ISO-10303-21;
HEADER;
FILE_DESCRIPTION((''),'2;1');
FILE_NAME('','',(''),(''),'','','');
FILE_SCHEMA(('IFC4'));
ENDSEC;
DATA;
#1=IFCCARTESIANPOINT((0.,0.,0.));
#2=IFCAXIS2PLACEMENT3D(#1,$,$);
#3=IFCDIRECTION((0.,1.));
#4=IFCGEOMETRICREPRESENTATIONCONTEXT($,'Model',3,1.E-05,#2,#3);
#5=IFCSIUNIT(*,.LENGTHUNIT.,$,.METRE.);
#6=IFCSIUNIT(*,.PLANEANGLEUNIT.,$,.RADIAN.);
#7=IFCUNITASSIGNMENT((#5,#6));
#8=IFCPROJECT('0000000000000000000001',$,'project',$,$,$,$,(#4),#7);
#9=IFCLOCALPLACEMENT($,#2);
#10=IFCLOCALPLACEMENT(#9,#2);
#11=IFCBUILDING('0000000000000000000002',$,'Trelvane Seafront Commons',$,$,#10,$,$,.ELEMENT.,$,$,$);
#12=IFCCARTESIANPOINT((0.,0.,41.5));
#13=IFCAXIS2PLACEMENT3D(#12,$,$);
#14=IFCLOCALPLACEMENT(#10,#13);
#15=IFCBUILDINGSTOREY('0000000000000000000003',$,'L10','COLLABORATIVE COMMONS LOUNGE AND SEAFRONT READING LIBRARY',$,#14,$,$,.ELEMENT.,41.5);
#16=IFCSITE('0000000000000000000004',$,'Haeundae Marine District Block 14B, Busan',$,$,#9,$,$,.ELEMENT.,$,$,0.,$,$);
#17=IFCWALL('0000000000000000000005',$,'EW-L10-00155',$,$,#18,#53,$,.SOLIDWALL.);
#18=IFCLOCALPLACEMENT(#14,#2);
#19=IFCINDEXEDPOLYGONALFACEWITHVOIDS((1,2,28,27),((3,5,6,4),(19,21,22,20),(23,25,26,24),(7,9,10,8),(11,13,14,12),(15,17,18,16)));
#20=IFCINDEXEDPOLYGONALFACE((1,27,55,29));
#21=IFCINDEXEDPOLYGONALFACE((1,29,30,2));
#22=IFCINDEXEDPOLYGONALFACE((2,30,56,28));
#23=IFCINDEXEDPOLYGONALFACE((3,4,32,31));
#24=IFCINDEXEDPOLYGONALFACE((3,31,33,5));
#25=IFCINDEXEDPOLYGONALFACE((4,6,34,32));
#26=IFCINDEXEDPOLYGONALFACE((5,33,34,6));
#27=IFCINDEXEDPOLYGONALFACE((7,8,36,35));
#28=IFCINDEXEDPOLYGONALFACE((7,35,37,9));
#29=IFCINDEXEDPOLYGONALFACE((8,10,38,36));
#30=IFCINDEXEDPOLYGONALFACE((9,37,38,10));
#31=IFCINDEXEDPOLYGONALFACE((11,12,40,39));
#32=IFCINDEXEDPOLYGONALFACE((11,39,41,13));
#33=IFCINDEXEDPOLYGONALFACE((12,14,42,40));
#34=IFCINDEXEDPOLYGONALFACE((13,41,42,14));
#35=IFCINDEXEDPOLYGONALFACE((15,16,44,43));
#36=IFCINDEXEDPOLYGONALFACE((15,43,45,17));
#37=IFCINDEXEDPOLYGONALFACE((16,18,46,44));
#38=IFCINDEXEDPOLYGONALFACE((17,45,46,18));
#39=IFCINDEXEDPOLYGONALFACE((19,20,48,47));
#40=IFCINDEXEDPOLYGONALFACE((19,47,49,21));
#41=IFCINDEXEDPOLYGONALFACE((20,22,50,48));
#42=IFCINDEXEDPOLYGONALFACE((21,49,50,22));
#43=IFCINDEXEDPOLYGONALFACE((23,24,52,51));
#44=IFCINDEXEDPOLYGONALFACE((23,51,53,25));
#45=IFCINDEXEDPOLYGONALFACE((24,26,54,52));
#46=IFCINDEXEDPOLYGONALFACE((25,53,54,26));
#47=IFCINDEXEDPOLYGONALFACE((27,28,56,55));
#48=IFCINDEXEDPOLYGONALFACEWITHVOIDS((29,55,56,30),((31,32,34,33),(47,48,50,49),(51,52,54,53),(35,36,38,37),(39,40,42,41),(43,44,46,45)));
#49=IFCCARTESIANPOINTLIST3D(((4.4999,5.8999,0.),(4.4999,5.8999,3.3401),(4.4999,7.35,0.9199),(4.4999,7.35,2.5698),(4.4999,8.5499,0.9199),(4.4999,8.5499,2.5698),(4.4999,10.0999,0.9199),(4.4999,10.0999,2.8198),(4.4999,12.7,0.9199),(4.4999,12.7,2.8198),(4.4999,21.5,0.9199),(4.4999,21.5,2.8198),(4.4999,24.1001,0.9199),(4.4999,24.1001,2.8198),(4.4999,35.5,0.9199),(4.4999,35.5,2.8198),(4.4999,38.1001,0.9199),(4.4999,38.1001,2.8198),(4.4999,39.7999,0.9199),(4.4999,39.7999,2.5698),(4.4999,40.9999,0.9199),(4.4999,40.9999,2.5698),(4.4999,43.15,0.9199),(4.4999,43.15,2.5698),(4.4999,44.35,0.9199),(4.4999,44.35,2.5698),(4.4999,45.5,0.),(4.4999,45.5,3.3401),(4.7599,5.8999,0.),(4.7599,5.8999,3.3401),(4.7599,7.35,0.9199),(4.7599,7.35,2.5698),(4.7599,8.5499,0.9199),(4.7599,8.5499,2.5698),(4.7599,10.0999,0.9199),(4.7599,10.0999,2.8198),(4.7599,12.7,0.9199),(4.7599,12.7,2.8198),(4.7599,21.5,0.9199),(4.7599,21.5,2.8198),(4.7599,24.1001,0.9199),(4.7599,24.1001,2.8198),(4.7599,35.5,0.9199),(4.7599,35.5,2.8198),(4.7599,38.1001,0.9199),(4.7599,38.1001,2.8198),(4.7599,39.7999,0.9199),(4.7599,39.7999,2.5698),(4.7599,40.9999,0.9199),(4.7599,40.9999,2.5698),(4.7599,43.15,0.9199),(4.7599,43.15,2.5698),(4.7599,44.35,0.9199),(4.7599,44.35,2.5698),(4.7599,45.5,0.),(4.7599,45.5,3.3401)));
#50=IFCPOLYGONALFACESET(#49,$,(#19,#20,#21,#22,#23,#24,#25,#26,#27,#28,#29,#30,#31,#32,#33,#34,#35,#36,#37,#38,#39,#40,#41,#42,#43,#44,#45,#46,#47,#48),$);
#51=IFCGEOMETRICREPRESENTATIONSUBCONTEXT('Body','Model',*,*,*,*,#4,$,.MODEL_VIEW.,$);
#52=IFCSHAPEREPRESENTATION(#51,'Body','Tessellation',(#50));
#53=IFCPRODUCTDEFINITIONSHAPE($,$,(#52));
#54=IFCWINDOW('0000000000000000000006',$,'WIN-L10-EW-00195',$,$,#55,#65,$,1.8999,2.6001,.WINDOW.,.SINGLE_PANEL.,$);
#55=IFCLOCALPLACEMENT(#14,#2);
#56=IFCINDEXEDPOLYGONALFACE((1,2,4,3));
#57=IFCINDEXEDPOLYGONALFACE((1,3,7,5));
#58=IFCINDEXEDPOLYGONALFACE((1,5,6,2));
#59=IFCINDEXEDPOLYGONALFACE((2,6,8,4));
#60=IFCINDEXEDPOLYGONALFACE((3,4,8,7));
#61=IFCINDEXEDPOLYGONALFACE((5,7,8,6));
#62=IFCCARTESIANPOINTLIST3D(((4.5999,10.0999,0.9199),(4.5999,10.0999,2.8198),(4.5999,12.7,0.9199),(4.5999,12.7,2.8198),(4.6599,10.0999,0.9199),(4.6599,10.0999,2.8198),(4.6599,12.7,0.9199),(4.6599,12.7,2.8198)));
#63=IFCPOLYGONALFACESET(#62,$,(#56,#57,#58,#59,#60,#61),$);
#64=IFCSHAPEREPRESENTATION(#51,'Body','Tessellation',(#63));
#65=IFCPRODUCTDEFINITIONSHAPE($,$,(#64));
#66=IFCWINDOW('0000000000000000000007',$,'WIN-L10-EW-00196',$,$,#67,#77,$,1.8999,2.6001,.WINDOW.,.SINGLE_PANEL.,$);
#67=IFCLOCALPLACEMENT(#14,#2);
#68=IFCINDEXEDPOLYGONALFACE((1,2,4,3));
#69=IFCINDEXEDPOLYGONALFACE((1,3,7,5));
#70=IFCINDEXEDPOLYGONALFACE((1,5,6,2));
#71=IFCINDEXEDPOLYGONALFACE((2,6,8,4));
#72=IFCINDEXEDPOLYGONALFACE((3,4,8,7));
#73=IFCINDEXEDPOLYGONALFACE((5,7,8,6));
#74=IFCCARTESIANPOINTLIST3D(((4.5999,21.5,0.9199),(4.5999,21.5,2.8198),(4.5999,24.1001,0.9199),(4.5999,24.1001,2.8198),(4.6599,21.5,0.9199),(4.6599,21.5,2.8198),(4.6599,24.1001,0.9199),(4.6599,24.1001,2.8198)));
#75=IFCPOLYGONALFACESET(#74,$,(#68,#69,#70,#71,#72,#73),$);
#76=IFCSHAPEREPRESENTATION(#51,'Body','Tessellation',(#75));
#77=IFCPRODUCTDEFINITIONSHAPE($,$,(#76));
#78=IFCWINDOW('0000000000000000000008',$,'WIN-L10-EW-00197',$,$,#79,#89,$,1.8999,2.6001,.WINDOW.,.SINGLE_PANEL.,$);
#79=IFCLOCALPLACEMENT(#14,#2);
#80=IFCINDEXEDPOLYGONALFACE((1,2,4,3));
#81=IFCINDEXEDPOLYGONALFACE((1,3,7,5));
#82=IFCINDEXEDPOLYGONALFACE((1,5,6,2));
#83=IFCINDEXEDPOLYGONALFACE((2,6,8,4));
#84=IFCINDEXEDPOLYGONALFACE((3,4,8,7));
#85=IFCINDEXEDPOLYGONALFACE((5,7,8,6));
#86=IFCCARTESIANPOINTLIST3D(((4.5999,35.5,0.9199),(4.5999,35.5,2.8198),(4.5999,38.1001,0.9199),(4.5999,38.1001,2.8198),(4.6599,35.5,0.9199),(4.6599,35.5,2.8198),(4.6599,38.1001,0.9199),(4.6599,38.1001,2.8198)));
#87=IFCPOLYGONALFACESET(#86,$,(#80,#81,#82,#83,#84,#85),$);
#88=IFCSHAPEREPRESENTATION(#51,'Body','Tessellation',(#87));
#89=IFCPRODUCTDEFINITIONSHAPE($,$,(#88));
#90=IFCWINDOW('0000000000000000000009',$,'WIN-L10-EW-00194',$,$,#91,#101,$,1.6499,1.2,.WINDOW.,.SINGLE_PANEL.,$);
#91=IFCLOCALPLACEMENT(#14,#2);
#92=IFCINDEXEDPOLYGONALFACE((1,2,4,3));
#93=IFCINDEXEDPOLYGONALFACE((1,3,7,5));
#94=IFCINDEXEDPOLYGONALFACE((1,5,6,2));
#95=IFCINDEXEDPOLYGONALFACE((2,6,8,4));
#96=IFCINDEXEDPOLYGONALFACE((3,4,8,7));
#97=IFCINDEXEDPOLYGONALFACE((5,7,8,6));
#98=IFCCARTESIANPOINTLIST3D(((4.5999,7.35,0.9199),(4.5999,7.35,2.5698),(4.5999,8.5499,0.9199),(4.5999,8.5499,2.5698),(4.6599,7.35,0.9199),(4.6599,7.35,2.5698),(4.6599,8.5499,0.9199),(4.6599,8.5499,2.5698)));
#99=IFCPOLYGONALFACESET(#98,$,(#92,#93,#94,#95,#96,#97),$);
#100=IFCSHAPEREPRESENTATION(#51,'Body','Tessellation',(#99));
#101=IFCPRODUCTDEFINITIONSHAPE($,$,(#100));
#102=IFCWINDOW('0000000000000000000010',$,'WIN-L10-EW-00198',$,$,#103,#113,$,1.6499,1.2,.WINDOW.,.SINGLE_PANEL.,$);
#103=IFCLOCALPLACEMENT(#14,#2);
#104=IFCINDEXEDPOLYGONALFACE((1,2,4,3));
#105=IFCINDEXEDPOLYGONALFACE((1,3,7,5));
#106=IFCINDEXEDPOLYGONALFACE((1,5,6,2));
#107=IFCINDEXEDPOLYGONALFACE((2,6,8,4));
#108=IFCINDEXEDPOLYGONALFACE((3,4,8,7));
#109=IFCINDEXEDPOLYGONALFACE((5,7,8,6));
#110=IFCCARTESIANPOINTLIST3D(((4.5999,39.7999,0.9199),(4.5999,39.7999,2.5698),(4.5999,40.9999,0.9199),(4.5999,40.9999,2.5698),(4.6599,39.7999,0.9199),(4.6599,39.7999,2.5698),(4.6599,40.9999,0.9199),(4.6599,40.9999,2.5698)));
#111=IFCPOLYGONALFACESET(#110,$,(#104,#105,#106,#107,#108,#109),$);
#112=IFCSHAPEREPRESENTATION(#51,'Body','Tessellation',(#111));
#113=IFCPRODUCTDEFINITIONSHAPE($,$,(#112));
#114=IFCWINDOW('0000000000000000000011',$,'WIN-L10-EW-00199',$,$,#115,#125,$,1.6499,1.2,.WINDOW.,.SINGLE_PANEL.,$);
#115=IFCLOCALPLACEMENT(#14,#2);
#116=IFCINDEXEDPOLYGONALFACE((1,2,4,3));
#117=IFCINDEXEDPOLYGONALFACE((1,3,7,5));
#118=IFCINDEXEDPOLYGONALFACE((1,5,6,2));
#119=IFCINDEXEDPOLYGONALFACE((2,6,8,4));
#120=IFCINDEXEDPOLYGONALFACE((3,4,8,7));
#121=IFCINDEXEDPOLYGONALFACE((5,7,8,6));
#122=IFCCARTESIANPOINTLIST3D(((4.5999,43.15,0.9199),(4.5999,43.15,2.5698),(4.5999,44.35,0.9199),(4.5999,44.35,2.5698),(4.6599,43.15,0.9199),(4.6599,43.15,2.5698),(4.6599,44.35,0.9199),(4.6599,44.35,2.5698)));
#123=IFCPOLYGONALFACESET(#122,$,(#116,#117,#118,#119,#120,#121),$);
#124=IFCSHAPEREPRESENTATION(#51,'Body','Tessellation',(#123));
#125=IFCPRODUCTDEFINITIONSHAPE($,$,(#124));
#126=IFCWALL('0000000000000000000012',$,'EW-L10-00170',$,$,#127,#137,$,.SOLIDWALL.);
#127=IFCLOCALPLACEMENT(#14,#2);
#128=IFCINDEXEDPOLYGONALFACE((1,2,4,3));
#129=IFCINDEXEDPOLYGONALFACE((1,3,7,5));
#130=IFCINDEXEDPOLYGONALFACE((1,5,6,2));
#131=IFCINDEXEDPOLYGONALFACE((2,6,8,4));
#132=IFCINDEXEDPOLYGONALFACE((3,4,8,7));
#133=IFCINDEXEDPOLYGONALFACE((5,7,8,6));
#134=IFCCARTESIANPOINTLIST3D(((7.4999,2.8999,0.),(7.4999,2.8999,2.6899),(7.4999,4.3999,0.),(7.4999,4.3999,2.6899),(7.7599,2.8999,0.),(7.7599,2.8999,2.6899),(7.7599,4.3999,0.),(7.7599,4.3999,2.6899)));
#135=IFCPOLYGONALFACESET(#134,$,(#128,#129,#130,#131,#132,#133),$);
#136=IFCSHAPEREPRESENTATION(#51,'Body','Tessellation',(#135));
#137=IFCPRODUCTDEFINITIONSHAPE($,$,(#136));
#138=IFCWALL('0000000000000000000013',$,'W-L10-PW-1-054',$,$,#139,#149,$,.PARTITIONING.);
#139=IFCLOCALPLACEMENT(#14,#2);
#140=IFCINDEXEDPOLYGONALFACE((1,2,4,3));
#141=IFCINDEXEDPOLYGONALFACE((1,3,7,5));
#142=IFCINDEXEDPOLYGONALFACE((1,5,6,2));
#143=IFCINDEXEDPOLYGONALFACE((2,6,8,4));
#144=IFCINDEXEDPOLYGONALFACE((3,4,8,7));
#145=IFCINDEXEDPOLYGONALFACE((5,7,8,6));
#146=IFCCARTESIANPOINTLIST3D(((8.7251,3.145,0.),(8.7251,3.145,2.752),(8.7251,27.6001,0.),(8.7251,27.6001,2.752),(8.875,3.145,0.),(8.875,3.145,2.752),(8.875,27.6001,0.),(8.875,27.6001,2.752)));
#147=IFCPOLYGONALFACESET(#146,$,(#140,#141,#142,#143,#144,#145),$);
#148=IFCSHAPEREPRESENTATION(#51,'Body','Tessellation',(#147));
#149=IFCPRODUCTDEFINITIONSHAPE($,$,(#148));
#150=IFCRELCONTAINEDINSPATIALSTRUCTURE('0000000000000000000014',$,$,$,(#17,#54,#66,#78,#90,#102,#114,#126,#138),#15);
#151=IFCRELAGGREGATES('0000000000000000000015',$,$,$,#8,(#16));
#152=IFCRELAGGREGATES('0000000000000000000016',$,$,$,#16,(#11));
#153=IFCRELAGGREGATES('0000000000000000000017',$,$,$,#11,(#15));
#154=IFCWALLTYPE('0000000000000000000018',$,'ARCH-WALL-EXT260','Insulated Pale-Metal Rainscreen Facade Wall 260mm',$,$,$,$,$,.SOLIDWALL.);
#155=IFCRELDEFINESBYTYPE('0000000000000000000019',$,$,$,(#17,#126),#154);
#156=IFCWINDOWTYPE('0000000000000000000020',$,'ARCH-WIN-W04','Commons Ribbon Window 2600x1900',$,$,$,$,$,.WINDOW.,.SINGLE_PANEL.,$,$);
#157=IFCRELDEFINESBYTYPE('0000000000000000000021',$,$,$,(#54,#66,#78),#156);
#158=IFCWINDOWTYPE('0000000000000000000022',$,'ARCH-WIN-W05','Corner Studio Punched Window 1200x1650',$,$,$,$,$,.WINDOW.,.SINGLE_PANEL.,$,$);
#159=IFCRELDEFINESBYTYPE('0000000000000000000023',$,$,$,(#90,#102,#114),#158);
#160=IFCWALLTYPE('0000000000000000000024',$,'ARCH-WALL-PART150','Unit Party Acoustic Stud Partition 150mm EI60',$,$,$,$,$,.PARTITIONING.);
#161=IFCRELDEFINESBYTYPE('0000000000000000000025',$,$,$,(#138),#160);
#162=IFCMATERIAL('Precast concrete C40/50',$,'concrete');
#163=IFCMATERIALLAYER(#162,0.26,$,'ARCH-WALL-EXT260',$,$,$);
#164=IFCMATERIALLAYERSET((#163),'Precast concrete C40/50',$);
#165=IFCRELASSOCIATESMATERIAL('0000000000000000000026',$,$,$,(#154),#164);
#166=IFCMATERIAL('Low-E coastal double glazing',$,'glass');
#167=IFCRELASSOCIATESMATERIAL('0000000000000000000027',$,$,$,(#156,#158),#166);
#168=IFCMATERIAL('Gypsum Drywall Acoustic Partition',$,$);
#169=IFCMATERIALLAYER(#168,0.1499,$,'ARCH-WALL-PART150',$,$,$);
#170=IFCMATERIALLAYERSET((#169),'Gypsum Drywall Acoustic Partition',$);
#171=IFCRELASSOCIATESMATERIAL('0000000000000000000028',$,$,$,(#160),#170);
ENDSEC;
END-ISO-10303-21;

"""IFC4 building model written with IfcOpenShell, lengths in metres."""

from ifc_helpers import new_model, si_unit, direction, frame, frame_2d, origin, place, context, subcontext, project, spatial, rectangle, extrude, source, transform, mapped, material, layer, layer_set, type_object, element, fill, save


model = new_model("IFC4")

# Units and contexts
model_context = context("Model", 3, precision=1e-05, world=origin(), true_north=direction((0.0, 1.0)))
body_context = subcontext(model_context, "Body", "Model", "MODEL_VIEW")
ifc_project = project(units=[si_unit("LENGTHUNIT", "METRE"), si_unit("PLANEANGLEUNIT", "RADIAN")], contexts=[model_context])

# Site, building, storey
site_placement = place(None, origin())
site = spatial("IfcSite", under=ifc_project, at=site_placement, Name="Haeundae Marine District Block 14B, Busan", CompositionType="ELEMENT", RefElevation=0.0)
building_placement = place(site_placement, origin())
building = spatial("IfcBuilding", under=site, at=building_placement, Name="Trelvane Seafront Commons", CompositionType="ELEMENT")
storey_placement = place(building_placement, frame((0.0, 0.0, 41.5)))
storey = spatial("IfcBuildingStorey", under=building, at=storey_placement, Name="L10", Description="COLLABORATIVE COMMONS LOUNGE AND SEAFRONT READING LIBRARY", CompositionType="ELEMENT", Elevation=41.5)

# Shared definitions
ifc_material_1 = material(Name="Precast concrete C40/50", Category="concrete")
ifc_layer_1 = layer(ifc_material_1, 0.26, Name="ARCH-WALL-EXT260")
ifc_layer_set_1 = layer_set([ifc_layer_1], Name="Precast concrete C40/50")
wall_type_1 = type_object("IfcWallType", Name="ARCH-WALL-EXT260", Description="Insulated Pale-Metal Rainscreen Facade Wall 260mm", PredefinedType="SOLIDWALL", material=ifc_layer_set_1)

# Wall, openings, windows
wall_1_placement = place(storey_placement, frame((4.6299, 5.8999, 0.0), z_axis=(0.0, 0.0, 1.0), x_axis=(0.0, 1.0, 0.0)))
wall_1 = element("IfcWall", 1, at=wall_1_placement, inside=storey, type_object=wall_type_1, Name="EW-L10-00155", PredefinedType="SOLIDWALL", context=body_context, shape_type="SweptSolid", body=[
    extrude(rectangle(XDim=39.6001, YDim=0.26, at=frame_2d((19.8, 0.0))), origin(), (0.0, 0.0, 1.0), 3.3401),
])
opening_1_placement = place(wall_1_placement, frame((1.45, 0.0, 0.9199)))
opening_1 = element("IfcOpeningElement", 2, at=opening_1_placement, cuts=wall_1, PredefinedType="OPENING", context=body_context, shape_type="SweptSolid", body=[
    extrude(rectangle(XDim=1.2, YDim=1.6499, at=frame_2d((0.6001, 0.825))), frame((0.0, 0.1399, 0.0), z_axis=(0.0, -1.0, 0.0), x_axis=(1.0, 0.0, 0.0)), (0.0, 0.0, 1.0), 0.28),
])
opening_2_placement = place(wall_1_placement, frame((4.2, 0.0, 0.9199)))
opening_2 = element("IfcOpeningElement", 3, at=opening_2_placement, cuts=wall_1, PredefinedType="OPENING", context=body_context, shape_type="SweptSolid", body=[
    extrude(rectangle(XDim=2.6001, YDim=1.8999, at=frame_2d((1.3, 0.95))), frame((0.0, 0.1399, 0.0), z_axis=(0.0, -1.0, 0.0), x_axis=(1.0, 0.0, 0.0)), (0.0, 0.0, 1.0), 0.28),
])
opening_3_placement = place(wall_1_placement, frame((15.6001, 0.0, 0.9199)))
opening_3 = element("IfcOpeningElement", 4, at=opening_3_placement, cuts=wall_1, PredefinedType="OPENING", context=body_context, shape_type="SweptSolid", body=[
    extrude(rectangle(XDim=2.6001, YDim=1.8999, at=frame_2d((1.3, 0.95))), frame((0.0, 0.1399, 0.0), z_axis=(0.0, -1.0, 0.0), x_axis=(1.0, 0.0, 0.0)), (0.0, 0.0, 1.0), 0.28),
])
opening_4_placement = place(wall_1_placement, frame((29.6001, 0.0, 0.9199)))
opening_4 = element("IfcOpeningElement", 5, at=opening_4_placement, cuts=wall_1, PredefinedType="OPENING", context=body_context, shape_type="SweptSolid", body=[
    extrude(rectangle(XDim=2.6001, YDim=1.8999, at=frame_2d((1.3, 0.95))), frame((0.0, 0.1399, 0.0), z_axis=(0.0, -1.0, 0.0), x_axis=(1.0, 0.0, 0.0)), (0.0, 0.0, 1.0), 0.28),
])
opening_5_placement = place(wall_1_placement, frame((33.8999, 0.0, 0.9199)))
opening_5 = element("IfcOpeningElement", 6, at=opening_5_placement, cuts=wall_1, PredefinedType="OPENING", context=body_context, shape_type="SweptSolid", body=[
    extrude(rectangle(XDim=1.2, YDim=1.6499, at=frame_2d((0.6001, 0.825))), frame((0.0, 0.1399, 0.0), z_axis=(0.0, -1.0, 0.0), x_axis=(1.0, 0.0, 0.0)), (0.0, 0.0, 1.0), 0.28),
])
opening_6_placement = place(wall_1_placement, frame((37.25, 0.0, 0.9199)))
opening_6 = element("IfcOpeningElement", 7, at=opening_6_placement, cuts=wall_1, PredefinedType="OPENING", context=body_context, shape_type="SweptSolid", body=[
    extrude(rectangle(XDim=1.2, YDim=1.6499, at=frame_2d((0.6001, 0.825))), frame((0.0, 0.1399, 0.0), z_axis=(0.0, -1.0, 0.0), x_axis=(1.0, 0.0, 0.0)), (0.0, 0.0, 1.0), 0.28),
])
ifc_material_2 = material(Name="Low-E coastal double glazing", Category="glass")
window_type_1 = type_object("IfcWindowType", Name="ARCH-WIN-W04", Description="Commons Ribbon Window 2600x1900", PartitioningType="SINGLE_PANEL", PredefinedType="WINDOW", material=ifc_material_2)
shared_shape_1 = source(origin(), body_context, "Body", "SweptSolid", [
    extrude(rectangle(XDim=2.6001, YDim=1.8999, at=frame_2d((1.3, 0.95))), frame((0.0, 0.03, 0.0), z_axis=(0.0, -1.0, 0.0), x_axis=(1.0, 0.0, 0.0)), (0.0, 0.0, 1.0), 0.0601),
])
window_1_placement = place(opening_2_placement, origin())
window_1 = element("IfcWindow", 8, at=window_1_placement, inside=storey, type_object=window_type_1, Name="WIN-L10-EW-00195", OverallHeight=1.8999, OverallWidth=2.6001, PartitioningType="SINGLE_PANEL", PredefinedType="WINDOW", context=body_context, shape_type="MappedRepresentation", body=[
    mapped(shared_shape_1, transform((0.0, 0.0, 0.0), x_axis=(1.0, 0.0, 0.0), y_axis=(0.0, 1.0, 0.0), z_axis=(0.0, 0.0, 1.0), scale=1.0)),
])
fill(opening_2, window_1)
window_2_placement = place(opening_3_placement, origin())
window_2 = element("IfcWindow", 9, at=window_2_placement, inside=storey, type_object=window_type_1, Name="WIN-L10-EW-00196", OverallHeight=1.8999, OverallWidth=2.6001, PartitioningType="SINGLE_PANEL", PredefinedType="WINDOW", context=body_context, shape_type="MappedRepresentation", body=[
    mapped(shared_shape_1, transform((0.0, 0.0, 0.0), x_axis=(1.0, 0.0, 0.0), y_axis=(0.0, 1.0, 0.0), z_axis=(0.0, 0.0, 1.0), scale=1.0)),
])
fill(opening_3, window_2)
window_3_placement = place(opening_4_placement, origin())
window_3 = element("IfcWindow", 10, at=window_3_placement, inside=storey, type_object=window_type_1, Name="WIN-L10-EW-00197", OverallHeight=1.8999, OverallWidth=2.6001, PartitioningType="SINGLE_PANEL", PredefinedType="WINDOW", context=body_context, shape_type="MappedRepresentation", body=[
    mapped(shared_shape_1, transform((0.0, 0.0, 0.0), x_axis=(1.0, 0.0, 0.0), y_axis=(0.0, 1.0, 0.0), z_axis=(0.0, 0.0, 1.0), scale=1.0)),
])
fill(opening_4, window_3)
window_type_2 = type_object("IfcWindowType", Name="ARCH-WIN-W05", Description="Corner Studio Punched Window 1200x1650", PartitioningType="SINGLE_PANEL", PredefinedType="WINDOW", material=ifc_material_2)
shared_shape_2 = source(origin(), body_context, "Body", "SweptSolid", [
    extrude(rectangle(XDim=1.2, YDim=1.6499, at=frame_2d((0.6001, 0.825))), frame((0.0, 0.03, 0.0), z_axis=(0.0, -1.0, 0.0), x_axis=(1.0, 0.0, 0.0)), (0.0, 0.0, 1.0), 0.0601),
])
window_4_placement = place(opening_1_placement, origin())
window_4 = element("IfcWindow", 11, at=window_4_placement, inside=storey, type_object=window_type_2, Name="WIN-L10-EW-00194", OverallHeight=1.6499, OverallWidth=1.2, PartitioningType="SINGLE_PANEL", PredefinedType="WINDOW", context=body_context, shape_type="MappedRepresentation", body=[
    mapped(shared_shape_2, transform((0.0, 0.0, 0.0), x_axis=(1.0, 0.0, 0.0), y_axis=(0.0, 1.0, 0.0), z_axis=(0.0, 0.0, 1.0), scale=1.0)),
])
fill(opening_1, window_4)
window_5_placement = place(opening_5_placement, origin())
window_5 = element("IfcWindow", 12, at=window_5_placement, inside=storey, type_object=window_type_2, Name="WIN-L10-EW-00198", OverallHeight=1.6499, OverallWidth=1.2, PartitioningType="SINGLE_PANEL", PredefinedType="WINDOW", context=body_context, shape_type="MappedRepresentation", body=[
    mapped(shared_shape_2, transform((0.0, 0.0, 0.0), x_axis=(1.0, 0.0, 0.0), y_axis=(0.0, 1.0, 0.0), z_axis=(0.0, 0.0, 1.0), scale=1.0)),
])
fill(opening_5, window_5)
window_6_placement = place(opening_6_placement, origin())
window_6 = element("IfcWindow", 13, at=window_6_placement, inside=storey, type_object=window_type_2, Name="WIN-L10-EW-00199", OverallHeight=1.6499, OverallWidth=1.2, PartitioningType="SINGLE_PANEL", PredefinedType="WINDOW", context=body_context, shape_type="MappedRepresentation", body=[
    mapped(shared_shape_2, transform((0.0, 0.0, 0.0), x_axis=(1.0, 0.0, 0.0), y_axis=(0.0, 1.0, 0.0), z_axis=(0.0, 0.0, 1.0), scale=1.0)),
])
fill(opening_6, window_6)

# Walls
wall_2_placement = place(storey_placement, frame((7.6299, 2.8999, 0.0), z_axis=(0.0, 0.0, 1.0), x_axis=(0.0, 1.0, 0.0)))
element("IfcWall", 14, at=wall_2_placement, inside=storey, type_object=wall_type_1, Name="EW-L10-00170", PredefinedType="SOLIDWALL", context=body_context, shape_type="SweptSolid", body=[
    extrude(rectangle(XDim=1.5, YDim=0.26, at=frame_2d((0.75, 0.0))), origin(), (0.0, 0.0, 1.0), 2.6899),
])
ifc_material_3 = material(Name="Gypsum Drywall Acoustic Partition")
ifc_layer_2 = layer(ifc_material_3, 0.1499, Name="ARCH-WALL-PART150")
ifc_layer_set_2 = layer_set([ifc_layer_2], Name="Gypsum Drywall Acoustic Partition")
wall_type_2 = type_object("IfcWallType", Name="ARCH-WALL-PART150", Description="Unit Party Acoustic Stud Partition 150mm EI60", PredefinedType="PARTITIONING", material=ifc_layer_set_2)
wall_3_placement = place(storey_placement, frame((8.8, 3.145, 0.0), z_axis=(0.0, 0.0, 1.0), x_axis=(0.0, 1.0, 0.0)))
element("IfcWall", 15, at=wall_3_placement, inside=storey, type_object=wall_type_2, Name="W-L10-PW-1-054", PredefinedType="PARTITIONING", context=body_context, shape_type="SweptSolid", body=[
    extrude(rectangle(XDim=24.4551, YDim=0.1499, at=frame_2d((12.2275, 0.0))), origin(), (0.0, 0.0, 1.0), 2.752),
])

save(model, "model.ifc")
